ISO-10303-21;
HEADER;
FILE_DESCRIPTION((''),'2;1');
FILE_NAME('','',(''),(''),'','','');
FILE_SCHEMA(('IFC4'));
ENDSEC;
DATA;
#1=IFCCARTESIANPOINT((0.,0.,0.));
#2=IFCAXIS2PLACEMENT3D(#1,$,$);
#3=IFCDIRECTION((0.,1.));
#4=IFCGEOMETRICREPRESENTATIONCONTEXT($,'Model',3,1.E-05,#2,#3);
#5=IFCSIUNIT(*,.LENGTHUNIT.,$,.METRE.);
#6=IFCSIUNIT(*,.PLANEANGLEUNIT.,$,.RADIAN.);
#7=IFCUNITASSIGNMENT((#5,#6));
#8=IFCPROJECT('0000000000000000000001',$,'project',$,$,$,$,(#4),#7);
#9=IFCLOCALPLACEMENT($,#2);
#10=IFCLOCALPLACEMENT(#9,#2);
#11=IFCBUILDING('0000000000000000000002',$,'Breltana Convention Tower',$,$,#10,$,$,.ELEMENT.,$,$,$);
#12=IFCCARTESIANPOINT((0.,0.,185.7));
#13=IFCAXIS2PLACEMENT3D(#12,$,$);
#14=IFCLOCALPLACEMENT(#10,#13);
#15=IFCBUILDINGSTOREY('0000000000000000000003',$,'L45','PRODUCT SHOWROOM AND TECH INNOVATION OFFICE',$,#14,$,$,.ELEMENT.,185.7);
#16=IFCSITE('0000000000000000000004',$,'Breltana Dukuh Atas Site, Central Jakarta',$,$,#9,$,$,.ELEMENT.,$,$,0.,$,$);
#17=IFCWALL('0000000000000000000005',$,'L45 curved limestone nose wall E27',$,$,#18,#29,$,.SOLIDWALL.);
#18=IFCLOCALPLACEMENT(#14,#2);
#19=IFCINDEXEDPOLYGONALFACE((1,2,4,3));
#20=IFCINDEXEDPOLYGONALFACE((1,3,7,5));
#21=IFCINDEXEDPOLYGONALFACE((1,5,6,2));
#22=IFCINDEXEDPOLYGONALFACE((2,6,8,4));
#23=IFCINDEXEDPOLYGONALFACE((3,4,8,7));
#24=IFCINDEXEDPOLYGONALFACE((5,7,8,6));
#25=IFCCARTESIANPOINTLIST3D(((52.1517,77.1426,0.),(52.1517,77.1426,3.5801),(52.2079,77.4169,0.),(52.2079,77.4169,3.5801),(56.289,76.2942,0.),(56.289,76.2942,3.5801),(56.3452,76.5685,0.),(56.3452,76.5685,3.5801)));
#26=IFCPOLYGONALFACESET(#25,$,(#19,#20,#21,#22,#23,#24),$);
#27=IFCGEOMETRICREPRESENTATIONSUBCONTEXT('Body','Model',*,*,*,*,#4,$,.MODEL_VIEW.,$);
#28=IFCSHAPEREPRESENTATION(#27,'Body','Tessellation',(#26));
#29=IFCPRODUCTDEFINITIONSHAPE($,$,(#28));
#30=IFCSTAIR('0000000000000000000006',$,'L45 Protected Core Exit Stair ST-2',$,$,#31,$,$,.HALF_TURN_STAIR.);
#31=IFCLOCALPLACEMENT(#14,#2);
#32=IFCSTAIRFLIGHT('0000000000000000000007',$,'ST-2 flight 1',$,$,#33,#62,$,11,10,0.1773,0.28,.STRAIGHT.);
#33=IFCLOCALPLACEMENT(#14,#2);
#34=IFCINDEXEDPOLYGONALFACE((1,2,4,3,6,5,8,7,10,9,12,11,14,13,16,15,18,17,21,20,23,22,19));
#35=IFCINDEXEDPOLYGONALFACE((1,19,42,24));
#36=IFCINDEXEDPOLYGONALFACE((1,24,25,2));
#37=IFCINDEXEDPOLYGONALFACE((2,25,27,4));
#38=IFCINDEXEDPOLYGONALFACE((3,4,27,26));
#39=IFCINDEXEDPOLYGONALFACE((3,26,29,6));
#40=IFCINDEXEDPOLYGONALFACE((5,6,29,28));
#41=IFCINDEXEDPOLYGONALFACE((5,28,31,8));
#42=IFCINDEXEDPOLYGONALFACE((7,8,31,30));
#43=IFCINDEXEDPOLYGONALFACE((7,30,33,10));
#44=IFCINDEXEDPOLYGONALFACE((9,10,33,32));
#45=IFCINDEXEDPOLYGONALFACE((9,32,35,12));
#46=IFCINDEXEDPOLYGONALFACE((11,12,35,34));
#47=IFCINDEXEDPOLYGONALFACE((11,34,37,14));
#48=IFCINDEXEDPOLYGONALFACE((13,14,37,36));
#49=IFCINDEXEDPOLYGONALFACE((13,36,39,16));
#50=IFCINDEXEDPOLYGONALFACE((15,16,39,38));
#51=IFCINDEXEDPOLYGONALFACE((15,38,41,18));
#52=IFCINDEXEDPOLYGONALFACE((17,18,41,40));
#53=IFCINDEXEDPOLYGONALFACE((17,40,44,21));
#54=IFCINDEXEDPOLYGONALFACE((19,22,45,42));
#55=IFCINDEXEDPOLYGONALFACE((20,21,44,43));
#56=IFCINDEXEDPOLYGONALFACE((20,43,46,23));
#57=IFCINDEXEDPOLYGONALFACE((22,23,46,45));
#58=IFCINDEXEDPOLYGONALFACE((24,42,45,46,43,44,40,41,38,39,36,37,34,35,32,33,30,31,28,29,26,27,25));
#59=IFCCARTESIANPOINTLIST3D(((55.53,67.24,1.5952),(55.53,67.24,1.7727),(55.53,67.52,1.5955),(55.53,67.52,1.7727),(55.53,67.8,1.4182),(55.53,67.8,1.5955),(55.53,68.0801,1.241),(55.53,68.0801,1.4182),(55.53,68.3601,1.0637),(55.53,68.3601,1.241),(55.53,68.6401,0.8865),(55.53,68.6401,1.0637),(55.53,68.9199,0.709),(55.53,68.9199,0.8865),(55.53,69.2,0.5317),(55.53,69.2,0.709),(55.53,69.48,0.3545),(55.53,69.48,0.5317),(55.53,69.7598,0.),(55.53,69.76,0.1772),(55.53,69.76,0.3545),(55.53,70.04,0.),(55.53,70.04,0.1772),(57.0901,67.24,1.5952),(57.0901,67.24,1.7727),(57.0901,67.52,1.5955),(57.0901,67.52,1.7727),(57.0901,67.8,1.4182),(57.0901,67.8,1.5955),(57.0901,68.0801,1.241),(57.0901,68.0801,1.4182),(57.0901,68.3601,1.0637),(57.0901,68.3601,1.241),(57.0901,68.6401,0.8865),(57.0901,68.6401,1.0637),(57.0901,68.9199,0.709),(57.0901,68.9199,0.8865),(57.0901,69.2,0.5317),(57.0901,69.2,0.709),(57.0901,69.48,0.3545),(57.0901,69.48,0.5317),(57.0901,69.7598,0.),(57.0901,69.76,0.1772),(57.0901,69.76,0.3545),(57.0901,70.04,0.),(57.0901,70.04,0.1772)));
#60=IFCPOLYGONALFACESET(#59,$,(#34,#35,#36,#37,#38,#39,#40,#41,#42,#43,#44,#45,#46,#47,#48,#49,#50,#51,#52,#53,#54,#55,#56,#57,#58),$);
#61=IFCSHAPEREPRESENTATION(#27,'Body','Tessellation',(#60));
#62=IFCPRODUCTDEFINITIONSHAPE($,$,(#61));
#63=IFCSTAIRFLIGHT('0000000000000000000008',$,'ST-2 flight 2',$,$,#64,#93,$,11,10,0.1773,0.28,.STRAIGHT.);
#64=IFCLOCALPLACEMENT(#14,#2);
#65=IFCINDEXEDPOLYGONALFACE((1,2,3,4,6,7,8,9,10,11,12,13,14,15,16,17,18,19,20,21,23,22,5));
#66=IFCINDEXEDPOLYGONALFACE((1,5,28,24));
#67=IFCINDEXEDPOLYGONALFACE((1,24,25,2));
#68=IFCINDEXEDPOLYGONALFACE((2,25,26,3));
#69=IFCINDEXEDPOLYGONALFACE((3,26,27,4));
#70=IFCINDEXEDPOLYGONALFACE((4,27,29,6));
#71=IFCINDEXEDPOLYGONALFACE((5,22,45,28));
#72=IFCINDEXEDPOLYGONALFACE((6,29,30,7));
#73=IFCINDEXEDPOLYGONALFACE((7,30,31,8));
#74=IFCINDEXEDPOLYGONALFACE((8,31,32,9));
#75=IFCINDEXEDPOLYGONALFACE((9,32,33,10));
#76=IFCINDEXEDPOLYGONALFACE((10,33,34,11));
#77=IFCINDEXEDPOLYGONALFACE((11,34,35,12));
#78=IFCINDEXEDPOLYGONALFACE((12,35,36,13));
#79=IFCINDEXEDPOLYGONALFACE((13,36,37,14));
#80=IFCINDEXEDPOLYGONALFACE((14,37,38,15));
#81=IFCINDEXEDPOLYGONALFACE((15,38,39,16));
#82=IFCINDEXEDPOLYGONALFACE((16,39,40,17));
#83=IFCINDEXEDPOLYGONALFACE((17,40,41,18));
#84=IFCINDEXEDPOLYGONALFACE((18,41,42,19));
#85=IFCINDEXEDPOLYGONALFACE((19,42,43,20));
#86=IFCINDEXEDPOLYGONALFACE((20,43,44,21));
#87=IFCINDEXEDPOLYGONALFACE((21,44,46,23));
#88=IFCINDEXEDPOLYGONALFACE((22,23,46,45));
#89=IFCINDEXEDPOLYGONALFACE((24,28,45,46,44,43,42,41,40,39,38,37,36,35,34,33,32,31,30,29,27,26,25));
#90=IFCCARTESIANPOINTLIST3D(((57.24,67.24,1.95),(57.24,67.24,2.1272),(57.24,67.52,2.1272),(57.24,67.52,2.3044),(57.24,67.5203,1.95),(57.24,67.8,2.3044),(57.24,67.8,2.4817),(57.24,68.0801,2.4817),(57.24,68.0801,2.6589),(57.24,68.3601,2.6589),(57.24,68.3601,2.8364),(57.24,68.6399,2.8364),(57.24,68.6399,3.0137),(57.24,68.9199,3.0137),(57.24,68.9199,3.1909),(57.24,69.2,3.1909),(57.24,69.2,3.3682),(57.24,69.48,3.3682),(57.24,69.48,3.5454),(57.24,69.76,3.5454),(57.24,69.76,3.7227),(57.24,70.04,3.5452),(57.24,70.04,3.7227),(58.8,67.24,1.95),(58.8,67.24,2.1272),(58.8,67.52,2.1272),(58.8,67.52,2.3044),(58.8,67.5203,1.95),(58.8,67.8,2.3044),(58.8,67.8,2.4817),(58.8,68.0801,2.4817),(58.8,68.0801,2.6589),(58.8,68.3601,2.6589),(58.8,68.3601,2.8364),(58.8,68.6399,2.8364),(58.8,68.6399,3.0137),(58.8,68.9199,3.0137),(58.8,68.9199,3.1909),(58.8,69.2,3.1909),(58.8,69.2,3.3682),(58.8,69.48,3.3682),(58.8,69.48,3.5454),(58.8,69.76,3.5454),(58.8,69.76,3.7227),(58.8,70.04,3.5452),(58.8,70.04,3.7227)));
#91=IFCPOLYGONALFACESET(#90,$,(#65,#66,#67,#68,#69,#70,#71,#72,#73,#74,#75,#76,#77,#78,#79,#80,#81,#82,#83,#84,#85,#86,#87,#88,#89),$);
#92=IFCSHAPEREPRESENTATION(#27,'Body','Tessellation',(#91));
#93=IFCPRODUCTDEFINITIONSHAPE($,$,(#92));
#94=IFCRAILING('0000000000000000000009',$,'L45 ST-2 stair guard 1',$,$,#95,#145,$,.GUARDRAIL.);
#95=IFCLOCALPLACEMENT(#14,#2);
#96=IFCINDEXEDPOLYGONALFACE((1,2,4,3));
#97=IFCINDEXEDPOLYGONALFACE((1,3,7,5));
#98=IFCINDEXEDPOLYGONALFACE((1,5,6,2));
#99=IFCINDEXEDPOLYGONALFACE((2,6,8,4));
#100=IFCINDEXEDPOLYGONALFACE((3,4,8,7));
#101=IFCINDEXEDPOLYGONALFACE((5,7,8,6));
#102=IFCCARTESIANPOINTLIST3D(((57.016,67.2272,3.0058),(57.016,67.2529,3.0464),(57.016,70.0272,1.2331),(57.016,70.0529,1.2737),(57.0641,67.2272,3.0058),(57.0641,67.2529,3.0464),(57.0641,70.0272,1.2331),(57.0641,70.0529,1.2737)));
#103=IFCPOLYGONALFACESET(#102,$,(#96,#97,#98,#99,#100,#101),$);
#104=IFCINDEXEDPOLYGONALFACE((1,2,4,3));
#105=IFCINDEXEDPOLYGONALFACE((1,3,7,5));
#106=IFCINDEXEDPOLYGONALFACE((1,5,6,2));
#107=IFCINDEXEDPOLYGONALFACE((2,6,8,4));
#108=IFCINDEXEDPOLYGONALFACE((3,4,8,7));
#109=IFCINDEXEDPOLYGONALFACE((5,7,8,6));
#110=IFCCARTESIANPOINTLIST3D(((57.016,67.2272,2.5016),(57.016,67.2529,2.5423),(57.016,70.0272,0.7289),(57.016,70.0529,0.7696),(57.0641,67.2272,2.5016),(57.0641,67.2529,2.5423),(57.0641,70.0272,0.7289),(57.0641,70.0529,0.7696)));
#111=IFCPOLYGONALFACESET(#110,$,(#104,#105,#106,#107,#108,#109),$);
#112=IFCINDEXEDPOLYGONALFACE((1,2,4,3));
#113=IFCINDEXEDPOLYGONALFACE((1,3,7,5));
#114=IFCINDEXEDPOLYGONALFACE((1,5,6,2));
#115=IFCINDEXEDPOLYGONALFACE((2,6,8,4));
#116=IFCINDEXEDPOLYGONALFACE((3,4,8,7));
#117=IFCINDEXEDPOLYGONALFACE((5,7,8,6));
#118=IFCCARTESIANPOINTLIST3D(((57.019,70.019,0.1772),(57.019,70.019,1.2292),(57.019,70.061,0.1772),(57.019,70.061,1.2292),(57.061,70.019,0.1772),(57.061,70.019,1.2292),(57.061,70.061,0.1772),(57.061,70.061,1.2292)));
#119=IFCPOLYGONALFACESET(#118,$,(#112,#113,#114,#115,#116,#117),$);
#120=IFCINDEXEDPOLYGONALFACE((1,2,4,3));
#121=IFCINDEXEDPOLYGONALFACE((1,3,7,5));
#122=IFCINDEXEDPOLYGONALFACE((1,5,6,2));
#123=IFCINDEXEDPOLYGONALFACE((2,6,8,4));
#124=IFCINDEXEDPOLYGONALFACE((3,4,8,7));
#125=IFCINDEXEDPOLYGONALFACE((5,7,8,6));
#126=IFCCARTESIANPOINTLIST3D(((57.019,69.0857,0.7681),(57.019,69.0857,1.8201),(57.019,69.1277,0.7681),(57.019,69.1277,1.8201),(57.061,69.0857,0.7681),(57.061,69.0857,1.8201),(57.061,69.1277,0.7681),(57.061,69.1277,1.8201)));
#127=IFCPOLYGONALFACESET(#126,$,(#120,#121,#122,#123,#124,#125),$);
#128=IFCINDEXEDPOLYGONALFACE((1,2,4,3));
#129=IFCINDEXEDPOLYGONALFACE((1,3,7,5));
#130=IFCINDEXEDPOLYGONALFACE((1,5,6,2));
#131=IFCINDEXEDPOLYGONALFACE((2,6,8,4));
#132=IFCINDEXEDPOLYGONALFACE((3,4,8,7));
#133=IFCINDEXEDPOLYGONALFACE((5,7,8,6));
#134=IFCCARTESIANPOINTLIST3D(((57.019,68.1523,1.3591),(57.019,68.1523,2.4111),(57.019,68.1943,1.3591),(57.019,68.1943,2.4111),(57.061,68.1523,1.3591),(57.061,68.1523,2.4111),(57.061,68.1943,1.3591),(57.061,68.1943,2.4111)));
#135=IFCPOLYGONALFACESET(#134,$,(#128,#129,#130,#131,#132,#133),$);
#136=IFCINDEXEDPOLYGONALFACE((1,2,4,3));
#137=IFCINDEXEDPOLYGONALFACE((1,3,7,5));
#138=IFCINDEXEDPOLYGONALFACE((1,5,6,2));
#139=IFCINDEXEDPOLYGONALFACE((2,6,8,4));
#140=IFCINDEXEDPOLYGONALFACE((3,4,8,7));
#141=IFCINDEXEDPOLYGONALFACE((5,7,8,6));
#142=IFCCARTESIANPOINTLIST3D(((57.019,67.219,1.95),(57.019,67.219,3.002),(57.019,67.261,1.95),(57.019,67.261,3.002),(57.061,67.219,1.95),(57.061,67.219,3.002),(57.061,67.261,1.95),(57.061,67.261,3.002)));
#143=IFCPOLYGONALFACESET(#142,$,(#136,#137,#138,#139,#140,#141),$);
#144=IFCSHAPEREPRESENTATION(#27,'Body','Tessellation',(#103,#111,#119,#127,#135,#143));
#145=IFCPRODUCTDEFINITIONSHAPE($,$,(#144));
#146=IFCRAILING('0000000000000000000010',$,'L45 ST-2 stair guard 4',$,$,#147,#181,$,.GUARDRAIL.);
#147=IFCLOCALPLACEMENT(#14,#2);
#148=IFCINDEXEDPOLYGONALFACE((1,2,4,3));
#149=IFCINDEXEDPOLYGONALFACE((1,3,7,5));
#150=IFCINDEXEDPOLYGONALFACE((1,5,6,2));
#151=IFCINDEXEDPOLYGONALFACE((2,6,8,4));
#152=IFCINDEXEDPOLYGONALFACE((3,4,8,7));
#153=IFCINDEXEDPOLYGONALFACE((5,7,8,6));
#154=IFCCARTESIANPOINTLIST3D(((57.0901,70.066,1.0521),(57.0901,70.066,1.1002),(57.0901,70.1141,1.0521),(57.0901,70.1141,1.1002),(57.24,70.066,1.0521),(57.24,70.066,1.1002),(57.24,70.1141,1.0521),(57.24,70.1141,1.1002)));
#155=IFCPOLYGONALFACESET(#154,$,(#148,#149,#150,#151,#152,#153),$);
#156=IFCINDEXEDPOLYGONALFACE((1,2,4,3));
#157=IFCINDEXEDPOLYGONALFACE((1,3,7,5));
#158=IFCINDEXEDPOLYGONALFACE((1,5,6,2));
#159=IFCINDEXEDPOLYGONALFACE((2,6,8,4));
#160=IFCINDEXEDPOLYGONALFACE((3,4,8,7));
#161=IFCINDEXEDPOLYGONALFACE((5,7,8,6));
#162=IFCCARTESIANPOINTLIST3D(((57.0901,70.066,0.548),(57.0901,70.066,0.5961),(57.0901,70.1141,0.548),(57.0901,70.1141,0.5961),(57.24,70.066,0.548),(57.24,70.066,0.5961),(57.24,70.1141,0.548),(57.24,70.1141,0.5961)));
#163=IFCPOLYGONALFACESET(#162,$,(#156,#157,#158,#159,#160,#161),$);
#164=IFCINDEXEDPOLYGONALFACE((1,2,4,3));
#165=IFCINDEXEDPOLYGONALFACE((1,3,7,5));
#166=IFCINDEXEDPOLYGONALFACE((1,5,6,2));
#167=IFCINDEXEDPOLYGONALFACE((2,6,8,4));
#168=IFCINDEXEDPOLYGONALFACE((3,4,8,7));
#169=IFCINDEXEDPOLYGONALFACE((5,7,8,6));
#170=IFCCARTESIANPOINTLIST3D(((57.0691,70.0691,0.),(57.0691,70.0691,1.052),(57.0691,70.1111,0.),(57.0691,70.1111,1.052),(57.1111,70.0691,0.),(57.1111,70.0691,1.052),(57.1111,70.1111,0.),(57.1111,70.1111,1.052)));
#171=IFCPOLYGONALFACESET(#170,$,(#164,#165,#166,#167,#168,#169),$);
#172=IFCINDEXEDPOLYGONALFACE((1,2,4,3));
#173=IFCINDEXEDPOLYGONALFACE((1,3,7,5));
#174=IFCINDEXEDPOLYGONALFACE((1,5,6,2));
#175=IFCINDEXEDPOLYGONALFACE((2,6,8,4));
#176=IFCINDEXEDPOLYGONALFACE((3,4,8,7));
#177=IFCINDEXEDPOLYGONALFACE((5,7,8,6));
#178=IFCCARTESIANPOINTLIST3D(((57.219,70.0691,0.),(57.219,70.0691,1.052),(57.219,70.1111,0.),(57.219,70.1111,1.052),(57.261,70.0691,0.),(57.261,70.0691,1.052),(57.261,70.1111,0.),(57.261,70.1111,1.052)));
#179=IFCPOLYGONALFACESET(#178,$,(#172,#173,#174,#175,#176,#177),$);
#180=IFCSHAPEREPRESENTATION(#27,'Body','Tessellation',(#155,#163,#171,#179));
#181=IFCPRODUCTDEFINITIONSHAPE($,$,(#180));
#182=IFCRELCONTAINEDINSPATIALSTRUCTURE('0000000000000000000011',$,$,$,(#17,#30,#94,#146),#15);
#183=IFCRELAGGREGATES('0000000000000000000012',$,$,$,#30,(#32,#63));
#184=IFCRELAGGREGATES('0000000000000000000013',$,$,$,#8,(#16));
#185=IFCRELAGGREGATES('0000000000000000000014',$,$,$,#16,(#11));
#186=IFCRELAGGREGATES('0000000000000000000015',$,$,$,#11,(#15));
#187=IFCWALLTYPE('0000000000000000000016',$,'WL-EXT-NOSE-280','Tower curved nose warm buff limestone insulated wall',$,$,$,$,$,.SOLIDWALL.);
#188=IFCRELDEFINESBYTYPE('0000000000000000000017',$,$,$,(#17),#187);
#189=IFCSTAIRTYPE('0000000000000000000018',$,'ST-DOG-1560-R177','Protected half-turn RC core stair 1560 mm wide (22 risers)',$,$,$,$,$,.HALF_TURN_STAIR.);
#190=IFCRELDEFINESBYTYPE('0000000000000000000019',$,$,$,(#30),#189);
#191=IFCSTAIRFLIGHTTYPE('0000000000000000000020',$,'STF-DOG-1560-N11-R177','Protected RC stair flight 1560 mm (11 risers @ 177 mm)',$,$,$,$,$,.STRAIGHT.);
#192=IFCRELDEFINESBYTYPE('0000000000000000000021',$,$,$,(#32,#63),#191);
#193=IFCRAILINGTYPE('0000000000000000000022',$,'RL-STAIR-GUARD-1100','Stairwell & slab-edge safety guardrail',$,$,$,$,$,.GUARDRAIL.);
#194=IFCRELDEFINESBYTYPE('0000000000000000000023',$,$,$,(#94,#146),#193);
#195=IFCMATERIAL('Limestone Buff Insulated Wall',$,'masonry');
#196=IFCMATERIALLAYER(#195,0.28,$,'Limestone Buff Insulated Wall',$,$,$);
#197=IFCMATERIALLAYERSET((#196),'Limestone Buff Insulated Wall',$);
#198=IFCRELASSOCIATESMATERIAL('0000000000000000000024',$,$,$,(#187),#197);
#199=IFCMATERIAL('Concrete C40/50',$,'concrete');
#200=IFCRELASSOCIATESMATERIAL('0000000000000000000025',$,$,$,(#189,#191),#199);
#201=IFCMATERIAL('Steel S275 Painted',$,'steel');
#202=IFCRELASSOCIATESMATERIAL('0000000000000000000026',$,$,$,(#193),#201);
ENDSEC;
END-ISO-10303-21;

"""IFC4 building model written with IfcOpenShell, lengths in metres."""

from ifc_helpers import new_model, si_unit, direction, frame, frame_2d, origin, origin_2d, place, context, subcontext, project, spatial, polyline, rectangle, outline, extrude, source, transform, mapped, material, layer, layer_set, type_object, element, aggregate, save


model = new_model("IFC4")

# Units and contexts
model_context = context("Model", 3, precision=1e-05, world=origin(), true_north=direction((0.0, 1.0)))
body_context = subcontext(model_context, "Body", "Model", "MODEL_VIEW")
ifc_project = project(units=[si_unit("LENGTHUNIT", "METRE"), si_unit("PLANEANGLEUNIT", "RADIAN")], contexts=[model_context])

# Site, building, storey
site_placement = place(None, origin())
site = spatial("IfcSite", under=ifc_project, at=site_placement, Name="Breltana Dukuh Atas Site, Central Jakarta", CompositionType="ELEMENT", RefElevation=0.0)
building_placement = place(site_placement, origin())
building = spatial("IfcBuilding", under=site, at=building_placement, Name="Breltana Convention Tower", CompositionType="ELEMENT")
storey_placement = place(building_placement, frame((0.0, 0.0, 185.7)))
storey = spatial("IfcBuildingStorey", under=building, at=storey_placement, Name="L45", Description="PRODUCT SHOWROOM AND TECH INNOVATION OFFICE", CompositionType="ELEMENT", Elevation=185.7)

# Wall
ifc_material_1 = material(Name="Limestone Buff Insulated Wall", Category="masonry")
ifc_layer_1 = layer(ifc_material_1, 0.28, Name="Limestone Buff Insulated Wall")
ifc_layer_set_1 = layer_set([ifc_layer_1], Name="Limestone Buff Insulated Wall")
wall_type_1 = type_object("IfcWallType", Name="WL-EXT-NOSE-280", Description="Tower curved nose warm buff limestone insulated wall", PredefinedType="SOLIDWALL", material=ifc_layer_set_1)
shared_shape_1 = source(origin(), body_context, "Body", "SweptSolid", [
    extrude(rectangle(XDim=4.2234, YDim=0.28, at=frame_2d((2.1118, 0.0))), origin(), (0.0, 0.0, 1.0), 3.5801),
])
wall_1_placement = place(storey_placement, frame((52.1797, 77.2798, 0.0), z_axis=(0.0, 0.0, 1.0), x_axis=(0.979615, -0.200883, 0.0)))
element("IfcWall", 1, at=wall_1_placement, inside=storey, type_object=wall_type_1, Name="L45 curved limestone nose wall E27", PredefinedType="SOLIDWALL", context=body_context, shape_type="MappedRepresentation", body=[
    mapped(shared_shape_1, transform((0.0, 0.0, 0.0), scale=1.0)),
])

# Stair, stair flights
ifc_material_2 = material(Name="Concrete C40/50", Category="concrete")
stair_type = type_object("IfcStairType", Name="ST-DOG-1560-R177", Description="Protected half-turn RC core stair 1560 mm wide (22 risers)", PredefinedType="HALF_TURN_STAIR", material=ifc_material_2)
stair_placement = place(storey_placement, origin())
stair = element("IfcStair", 2, at=stair_placement, inside=storey, type_object=stair_type, Name="L45 Protected Core Exit Stair ST-2", PredefinedType="HALF_TURN_STAIR")
stair_flight_type = type_object("IfcStairFlightType", Name="STF-DOG-1560-N11-R177", Description="Protected RC stair flight 1560 mm (11 risers @ 177 mm)", PredefinedType="STRAIGHT", material=ifc_material_2)
stair_flight_1_placement = place(storey_placement, frame((56.3101, 70.04, 0.0), z_axis=(0.0, 0.0, 1.0), x_axis=(0.0, -1.0, 0.0)))
stair_flight_1 = element("IfcStairFlight", 3, at=stair_flight_1_placement, type_object=stair_flight_type, Name="ST-2 flight 1", NumberOfRisers=11, NumberOfTreads=10, PredefinedType="STRAIGHT", RiserHeight=0.1773, TreadLength=0.28, context=body_context, shape_type="SweptSolid", body=[
    extrude(outline(polyline([(0.0, 0.0), (0.0, 0.1772), (0.28, 0.1772), (0.28, 0.3545), (0.5601, 0.3545), (0.5601, 0.5317), (0.8401, 0.5317), (0.8401, 0.709), (1.1201, 0.709), (1.1201, 0.8865), (1.3999, 0.8865), (1.3999, 1.0637), (1.6799, 1.0637), (1.6799, 1.241), (1.96, 1.241), (1.96, 1.4182), (2.24, 1.4182), (2.24, 1.5955), (2.52, 1.5955), (2.52, 1.7727), (2.8, 1.7727), (2.8, 1.95), (2.8, 1.5952), (0.2803, 0.0), (0.0, 0.0)])), frame((0.0, 0.78, 0.0), z_axis=(0.0, -1.0, 0.0), x_axis=(1.0, 0.0, 0.0)), (0.0, 0.0, 1.0), 1.5601),
])
stair_flight_2_placement = place(storey_placement, frame((58.02, 67.24, 1.95), z_axis=(0.0, 0.0, 1.0), x_axis=(0.0, 1.0, 0.0)))
stair_flight_2 = element("IfcStairFlight", 4, at=stair_flight_2_placement, type_object=stair_flight_type, Name="ST-2 flight 2", NumberOfRisers=11, NumberOfTreads=10, PredefinedType="STRAIGHT", RiserHeight=0.1773, TreadLength=0.28, context=body_context, shape_type="SweptSolid", body=[
    extrude(outline(polyline([(0.0, 0.0), (0.0, 0.1772), (0.28, 0.1772), (0.28, 0.3545), (0.5601, 0.3545), (0.5601, 0.5317), (0.8401, 0.5317), (0.8401, 0.709), (1.1201, 0.709), (1.1201, 0.8865), (1.3999, 0.8865), (1.3999, 1.0637), (1.6799, 1.0637), (1.6799, 1.241), (1.96, 1.241), (1.96, 1.4182), (2.24, 1.4182), (2.24, 1.5955), (2.52, 1.5955), (2.52, 1.7727), (2.8, 1.7727), (2.8, 1.95), (2.8, 1.5952), (0.2803, 0.0), (0.0, 0.0)])), frame((0.0, 0.78, 0.0), z_axis=(0.0, -1.0, 0.0), x_axis=(1.0, 0.0, 0.0)), (0.0, 0.0, 1.0), 1.5601),
])
aggregate(stair, [stair_flight_1, stair_flight_2])

# Railings
ifc_material_3 = material(Name="Steel S275 Painted", Category="steel")
railing_type_1 = type_object("IfcRailingType", Name="RL-STAIR-GUARD-1100", Description="Stairwell & slab-edge safety guardrail", PredefinedType="GUARDRAIL", material=ifc_material_3)
railing_1_placement = place(storey_placement, frame((57.04, 70.04, 0.1772)))
element("IfcRailing", 5, at=railing_1_placement, inside=storey, type_object=railing_type_1, Name="L45 ST-2 stair guard 1", PredefinedType="GUARDRAIL", context=body_context, shape_type="SweptSolid", body=[
    extrude(rectangle(XDim=0.0481, YDim=0.0481, at=origin_2d()), frame((0.0, 0.0, 1.0762), z_axis=(0.0, -0.844909, 0.53491), x_axis=(1.0, 0.0, 0.0)), (0.0, 0.0, 1.0), 3.314),
    extrude(rectangle(XDim=0.0481, YDim=0.0481, at=origin_2d()), frame((0.0, 0.0, 0.572), z_axis=(0.0, -0.844909, 0.53491), x_axis=(1.0, 0.0, 0.0)), (0.0, 0.0, 1.0), 3.314),
    extrude(rectangle(XDim=0.042, YDim=0.042, at=origin_2d()), origin(), (0.0, 0.0, 1.0), 1.052),
    extrude(rectangle(XDim=0.042, YDim=0.042, at=origin_2d()), frame((0.0, -0.9333, 0.5908)), (0.0, 0.0, 1.0), 1.052),
    extrude(rectangle(XDim=0.042, YDim=0.042, at=origin_2d()), frame((0.0, -1.8667, 1.1819)), (0.0, 0.0, 1.0), 1.052),
    extrude(rectangle(XDim=0.042, YDim=0.042, at=origin_2d()), frame((0.0, -2.8, 1.7727)), (0.0, 0.0, 1.0), 1.052),
])
railing_2_placement = place(storey_placement, frame((57.0901, 70.0901, 0.0)))
element("IfcRailing", 6, at=railing_2_placement, inside=storey, type_object=railing_type_1, Name="L45 ST-2 stair guard 4", PredefinedType="GUARDRAIL", context=body_context, shape_type="SweptSolid", body=[
    extrude(rectangle(XDim=0.0481, YDim=0.0481, at=origin_2d()), frame((0.0, 0.0, 1.0762), z_axis=(1.0, 0.0, 0.0), x_axis=(0.0, 1.0, 0.0)), (0.0, 0.0, 1.0), 0.1499),
    extrude(rectangle(XDim=0.0481, YDim=0.0481, at=origin_2d()), frame((0.0, 0.0, 0.572), z_axis=(1.0, 0.0, 0.0), x_axis=(0.0, 1.0, 0.0)), (0.0, 0.0, 1.0), 0.1499),
    extrude(rectangle(XDim=0.042, YDim=0.042, at=origin_2d()), origin(), (0.0, 0.0, 1.0), 1.052),
    extrude(rectangle(XDim=0.042, YDim=0.042, at=origin_2d()), frame((0.1499, 0.0, 0.0)), (0.0, 0.0, 1.0), 1.052),
])

save(model, "model.ifc")
